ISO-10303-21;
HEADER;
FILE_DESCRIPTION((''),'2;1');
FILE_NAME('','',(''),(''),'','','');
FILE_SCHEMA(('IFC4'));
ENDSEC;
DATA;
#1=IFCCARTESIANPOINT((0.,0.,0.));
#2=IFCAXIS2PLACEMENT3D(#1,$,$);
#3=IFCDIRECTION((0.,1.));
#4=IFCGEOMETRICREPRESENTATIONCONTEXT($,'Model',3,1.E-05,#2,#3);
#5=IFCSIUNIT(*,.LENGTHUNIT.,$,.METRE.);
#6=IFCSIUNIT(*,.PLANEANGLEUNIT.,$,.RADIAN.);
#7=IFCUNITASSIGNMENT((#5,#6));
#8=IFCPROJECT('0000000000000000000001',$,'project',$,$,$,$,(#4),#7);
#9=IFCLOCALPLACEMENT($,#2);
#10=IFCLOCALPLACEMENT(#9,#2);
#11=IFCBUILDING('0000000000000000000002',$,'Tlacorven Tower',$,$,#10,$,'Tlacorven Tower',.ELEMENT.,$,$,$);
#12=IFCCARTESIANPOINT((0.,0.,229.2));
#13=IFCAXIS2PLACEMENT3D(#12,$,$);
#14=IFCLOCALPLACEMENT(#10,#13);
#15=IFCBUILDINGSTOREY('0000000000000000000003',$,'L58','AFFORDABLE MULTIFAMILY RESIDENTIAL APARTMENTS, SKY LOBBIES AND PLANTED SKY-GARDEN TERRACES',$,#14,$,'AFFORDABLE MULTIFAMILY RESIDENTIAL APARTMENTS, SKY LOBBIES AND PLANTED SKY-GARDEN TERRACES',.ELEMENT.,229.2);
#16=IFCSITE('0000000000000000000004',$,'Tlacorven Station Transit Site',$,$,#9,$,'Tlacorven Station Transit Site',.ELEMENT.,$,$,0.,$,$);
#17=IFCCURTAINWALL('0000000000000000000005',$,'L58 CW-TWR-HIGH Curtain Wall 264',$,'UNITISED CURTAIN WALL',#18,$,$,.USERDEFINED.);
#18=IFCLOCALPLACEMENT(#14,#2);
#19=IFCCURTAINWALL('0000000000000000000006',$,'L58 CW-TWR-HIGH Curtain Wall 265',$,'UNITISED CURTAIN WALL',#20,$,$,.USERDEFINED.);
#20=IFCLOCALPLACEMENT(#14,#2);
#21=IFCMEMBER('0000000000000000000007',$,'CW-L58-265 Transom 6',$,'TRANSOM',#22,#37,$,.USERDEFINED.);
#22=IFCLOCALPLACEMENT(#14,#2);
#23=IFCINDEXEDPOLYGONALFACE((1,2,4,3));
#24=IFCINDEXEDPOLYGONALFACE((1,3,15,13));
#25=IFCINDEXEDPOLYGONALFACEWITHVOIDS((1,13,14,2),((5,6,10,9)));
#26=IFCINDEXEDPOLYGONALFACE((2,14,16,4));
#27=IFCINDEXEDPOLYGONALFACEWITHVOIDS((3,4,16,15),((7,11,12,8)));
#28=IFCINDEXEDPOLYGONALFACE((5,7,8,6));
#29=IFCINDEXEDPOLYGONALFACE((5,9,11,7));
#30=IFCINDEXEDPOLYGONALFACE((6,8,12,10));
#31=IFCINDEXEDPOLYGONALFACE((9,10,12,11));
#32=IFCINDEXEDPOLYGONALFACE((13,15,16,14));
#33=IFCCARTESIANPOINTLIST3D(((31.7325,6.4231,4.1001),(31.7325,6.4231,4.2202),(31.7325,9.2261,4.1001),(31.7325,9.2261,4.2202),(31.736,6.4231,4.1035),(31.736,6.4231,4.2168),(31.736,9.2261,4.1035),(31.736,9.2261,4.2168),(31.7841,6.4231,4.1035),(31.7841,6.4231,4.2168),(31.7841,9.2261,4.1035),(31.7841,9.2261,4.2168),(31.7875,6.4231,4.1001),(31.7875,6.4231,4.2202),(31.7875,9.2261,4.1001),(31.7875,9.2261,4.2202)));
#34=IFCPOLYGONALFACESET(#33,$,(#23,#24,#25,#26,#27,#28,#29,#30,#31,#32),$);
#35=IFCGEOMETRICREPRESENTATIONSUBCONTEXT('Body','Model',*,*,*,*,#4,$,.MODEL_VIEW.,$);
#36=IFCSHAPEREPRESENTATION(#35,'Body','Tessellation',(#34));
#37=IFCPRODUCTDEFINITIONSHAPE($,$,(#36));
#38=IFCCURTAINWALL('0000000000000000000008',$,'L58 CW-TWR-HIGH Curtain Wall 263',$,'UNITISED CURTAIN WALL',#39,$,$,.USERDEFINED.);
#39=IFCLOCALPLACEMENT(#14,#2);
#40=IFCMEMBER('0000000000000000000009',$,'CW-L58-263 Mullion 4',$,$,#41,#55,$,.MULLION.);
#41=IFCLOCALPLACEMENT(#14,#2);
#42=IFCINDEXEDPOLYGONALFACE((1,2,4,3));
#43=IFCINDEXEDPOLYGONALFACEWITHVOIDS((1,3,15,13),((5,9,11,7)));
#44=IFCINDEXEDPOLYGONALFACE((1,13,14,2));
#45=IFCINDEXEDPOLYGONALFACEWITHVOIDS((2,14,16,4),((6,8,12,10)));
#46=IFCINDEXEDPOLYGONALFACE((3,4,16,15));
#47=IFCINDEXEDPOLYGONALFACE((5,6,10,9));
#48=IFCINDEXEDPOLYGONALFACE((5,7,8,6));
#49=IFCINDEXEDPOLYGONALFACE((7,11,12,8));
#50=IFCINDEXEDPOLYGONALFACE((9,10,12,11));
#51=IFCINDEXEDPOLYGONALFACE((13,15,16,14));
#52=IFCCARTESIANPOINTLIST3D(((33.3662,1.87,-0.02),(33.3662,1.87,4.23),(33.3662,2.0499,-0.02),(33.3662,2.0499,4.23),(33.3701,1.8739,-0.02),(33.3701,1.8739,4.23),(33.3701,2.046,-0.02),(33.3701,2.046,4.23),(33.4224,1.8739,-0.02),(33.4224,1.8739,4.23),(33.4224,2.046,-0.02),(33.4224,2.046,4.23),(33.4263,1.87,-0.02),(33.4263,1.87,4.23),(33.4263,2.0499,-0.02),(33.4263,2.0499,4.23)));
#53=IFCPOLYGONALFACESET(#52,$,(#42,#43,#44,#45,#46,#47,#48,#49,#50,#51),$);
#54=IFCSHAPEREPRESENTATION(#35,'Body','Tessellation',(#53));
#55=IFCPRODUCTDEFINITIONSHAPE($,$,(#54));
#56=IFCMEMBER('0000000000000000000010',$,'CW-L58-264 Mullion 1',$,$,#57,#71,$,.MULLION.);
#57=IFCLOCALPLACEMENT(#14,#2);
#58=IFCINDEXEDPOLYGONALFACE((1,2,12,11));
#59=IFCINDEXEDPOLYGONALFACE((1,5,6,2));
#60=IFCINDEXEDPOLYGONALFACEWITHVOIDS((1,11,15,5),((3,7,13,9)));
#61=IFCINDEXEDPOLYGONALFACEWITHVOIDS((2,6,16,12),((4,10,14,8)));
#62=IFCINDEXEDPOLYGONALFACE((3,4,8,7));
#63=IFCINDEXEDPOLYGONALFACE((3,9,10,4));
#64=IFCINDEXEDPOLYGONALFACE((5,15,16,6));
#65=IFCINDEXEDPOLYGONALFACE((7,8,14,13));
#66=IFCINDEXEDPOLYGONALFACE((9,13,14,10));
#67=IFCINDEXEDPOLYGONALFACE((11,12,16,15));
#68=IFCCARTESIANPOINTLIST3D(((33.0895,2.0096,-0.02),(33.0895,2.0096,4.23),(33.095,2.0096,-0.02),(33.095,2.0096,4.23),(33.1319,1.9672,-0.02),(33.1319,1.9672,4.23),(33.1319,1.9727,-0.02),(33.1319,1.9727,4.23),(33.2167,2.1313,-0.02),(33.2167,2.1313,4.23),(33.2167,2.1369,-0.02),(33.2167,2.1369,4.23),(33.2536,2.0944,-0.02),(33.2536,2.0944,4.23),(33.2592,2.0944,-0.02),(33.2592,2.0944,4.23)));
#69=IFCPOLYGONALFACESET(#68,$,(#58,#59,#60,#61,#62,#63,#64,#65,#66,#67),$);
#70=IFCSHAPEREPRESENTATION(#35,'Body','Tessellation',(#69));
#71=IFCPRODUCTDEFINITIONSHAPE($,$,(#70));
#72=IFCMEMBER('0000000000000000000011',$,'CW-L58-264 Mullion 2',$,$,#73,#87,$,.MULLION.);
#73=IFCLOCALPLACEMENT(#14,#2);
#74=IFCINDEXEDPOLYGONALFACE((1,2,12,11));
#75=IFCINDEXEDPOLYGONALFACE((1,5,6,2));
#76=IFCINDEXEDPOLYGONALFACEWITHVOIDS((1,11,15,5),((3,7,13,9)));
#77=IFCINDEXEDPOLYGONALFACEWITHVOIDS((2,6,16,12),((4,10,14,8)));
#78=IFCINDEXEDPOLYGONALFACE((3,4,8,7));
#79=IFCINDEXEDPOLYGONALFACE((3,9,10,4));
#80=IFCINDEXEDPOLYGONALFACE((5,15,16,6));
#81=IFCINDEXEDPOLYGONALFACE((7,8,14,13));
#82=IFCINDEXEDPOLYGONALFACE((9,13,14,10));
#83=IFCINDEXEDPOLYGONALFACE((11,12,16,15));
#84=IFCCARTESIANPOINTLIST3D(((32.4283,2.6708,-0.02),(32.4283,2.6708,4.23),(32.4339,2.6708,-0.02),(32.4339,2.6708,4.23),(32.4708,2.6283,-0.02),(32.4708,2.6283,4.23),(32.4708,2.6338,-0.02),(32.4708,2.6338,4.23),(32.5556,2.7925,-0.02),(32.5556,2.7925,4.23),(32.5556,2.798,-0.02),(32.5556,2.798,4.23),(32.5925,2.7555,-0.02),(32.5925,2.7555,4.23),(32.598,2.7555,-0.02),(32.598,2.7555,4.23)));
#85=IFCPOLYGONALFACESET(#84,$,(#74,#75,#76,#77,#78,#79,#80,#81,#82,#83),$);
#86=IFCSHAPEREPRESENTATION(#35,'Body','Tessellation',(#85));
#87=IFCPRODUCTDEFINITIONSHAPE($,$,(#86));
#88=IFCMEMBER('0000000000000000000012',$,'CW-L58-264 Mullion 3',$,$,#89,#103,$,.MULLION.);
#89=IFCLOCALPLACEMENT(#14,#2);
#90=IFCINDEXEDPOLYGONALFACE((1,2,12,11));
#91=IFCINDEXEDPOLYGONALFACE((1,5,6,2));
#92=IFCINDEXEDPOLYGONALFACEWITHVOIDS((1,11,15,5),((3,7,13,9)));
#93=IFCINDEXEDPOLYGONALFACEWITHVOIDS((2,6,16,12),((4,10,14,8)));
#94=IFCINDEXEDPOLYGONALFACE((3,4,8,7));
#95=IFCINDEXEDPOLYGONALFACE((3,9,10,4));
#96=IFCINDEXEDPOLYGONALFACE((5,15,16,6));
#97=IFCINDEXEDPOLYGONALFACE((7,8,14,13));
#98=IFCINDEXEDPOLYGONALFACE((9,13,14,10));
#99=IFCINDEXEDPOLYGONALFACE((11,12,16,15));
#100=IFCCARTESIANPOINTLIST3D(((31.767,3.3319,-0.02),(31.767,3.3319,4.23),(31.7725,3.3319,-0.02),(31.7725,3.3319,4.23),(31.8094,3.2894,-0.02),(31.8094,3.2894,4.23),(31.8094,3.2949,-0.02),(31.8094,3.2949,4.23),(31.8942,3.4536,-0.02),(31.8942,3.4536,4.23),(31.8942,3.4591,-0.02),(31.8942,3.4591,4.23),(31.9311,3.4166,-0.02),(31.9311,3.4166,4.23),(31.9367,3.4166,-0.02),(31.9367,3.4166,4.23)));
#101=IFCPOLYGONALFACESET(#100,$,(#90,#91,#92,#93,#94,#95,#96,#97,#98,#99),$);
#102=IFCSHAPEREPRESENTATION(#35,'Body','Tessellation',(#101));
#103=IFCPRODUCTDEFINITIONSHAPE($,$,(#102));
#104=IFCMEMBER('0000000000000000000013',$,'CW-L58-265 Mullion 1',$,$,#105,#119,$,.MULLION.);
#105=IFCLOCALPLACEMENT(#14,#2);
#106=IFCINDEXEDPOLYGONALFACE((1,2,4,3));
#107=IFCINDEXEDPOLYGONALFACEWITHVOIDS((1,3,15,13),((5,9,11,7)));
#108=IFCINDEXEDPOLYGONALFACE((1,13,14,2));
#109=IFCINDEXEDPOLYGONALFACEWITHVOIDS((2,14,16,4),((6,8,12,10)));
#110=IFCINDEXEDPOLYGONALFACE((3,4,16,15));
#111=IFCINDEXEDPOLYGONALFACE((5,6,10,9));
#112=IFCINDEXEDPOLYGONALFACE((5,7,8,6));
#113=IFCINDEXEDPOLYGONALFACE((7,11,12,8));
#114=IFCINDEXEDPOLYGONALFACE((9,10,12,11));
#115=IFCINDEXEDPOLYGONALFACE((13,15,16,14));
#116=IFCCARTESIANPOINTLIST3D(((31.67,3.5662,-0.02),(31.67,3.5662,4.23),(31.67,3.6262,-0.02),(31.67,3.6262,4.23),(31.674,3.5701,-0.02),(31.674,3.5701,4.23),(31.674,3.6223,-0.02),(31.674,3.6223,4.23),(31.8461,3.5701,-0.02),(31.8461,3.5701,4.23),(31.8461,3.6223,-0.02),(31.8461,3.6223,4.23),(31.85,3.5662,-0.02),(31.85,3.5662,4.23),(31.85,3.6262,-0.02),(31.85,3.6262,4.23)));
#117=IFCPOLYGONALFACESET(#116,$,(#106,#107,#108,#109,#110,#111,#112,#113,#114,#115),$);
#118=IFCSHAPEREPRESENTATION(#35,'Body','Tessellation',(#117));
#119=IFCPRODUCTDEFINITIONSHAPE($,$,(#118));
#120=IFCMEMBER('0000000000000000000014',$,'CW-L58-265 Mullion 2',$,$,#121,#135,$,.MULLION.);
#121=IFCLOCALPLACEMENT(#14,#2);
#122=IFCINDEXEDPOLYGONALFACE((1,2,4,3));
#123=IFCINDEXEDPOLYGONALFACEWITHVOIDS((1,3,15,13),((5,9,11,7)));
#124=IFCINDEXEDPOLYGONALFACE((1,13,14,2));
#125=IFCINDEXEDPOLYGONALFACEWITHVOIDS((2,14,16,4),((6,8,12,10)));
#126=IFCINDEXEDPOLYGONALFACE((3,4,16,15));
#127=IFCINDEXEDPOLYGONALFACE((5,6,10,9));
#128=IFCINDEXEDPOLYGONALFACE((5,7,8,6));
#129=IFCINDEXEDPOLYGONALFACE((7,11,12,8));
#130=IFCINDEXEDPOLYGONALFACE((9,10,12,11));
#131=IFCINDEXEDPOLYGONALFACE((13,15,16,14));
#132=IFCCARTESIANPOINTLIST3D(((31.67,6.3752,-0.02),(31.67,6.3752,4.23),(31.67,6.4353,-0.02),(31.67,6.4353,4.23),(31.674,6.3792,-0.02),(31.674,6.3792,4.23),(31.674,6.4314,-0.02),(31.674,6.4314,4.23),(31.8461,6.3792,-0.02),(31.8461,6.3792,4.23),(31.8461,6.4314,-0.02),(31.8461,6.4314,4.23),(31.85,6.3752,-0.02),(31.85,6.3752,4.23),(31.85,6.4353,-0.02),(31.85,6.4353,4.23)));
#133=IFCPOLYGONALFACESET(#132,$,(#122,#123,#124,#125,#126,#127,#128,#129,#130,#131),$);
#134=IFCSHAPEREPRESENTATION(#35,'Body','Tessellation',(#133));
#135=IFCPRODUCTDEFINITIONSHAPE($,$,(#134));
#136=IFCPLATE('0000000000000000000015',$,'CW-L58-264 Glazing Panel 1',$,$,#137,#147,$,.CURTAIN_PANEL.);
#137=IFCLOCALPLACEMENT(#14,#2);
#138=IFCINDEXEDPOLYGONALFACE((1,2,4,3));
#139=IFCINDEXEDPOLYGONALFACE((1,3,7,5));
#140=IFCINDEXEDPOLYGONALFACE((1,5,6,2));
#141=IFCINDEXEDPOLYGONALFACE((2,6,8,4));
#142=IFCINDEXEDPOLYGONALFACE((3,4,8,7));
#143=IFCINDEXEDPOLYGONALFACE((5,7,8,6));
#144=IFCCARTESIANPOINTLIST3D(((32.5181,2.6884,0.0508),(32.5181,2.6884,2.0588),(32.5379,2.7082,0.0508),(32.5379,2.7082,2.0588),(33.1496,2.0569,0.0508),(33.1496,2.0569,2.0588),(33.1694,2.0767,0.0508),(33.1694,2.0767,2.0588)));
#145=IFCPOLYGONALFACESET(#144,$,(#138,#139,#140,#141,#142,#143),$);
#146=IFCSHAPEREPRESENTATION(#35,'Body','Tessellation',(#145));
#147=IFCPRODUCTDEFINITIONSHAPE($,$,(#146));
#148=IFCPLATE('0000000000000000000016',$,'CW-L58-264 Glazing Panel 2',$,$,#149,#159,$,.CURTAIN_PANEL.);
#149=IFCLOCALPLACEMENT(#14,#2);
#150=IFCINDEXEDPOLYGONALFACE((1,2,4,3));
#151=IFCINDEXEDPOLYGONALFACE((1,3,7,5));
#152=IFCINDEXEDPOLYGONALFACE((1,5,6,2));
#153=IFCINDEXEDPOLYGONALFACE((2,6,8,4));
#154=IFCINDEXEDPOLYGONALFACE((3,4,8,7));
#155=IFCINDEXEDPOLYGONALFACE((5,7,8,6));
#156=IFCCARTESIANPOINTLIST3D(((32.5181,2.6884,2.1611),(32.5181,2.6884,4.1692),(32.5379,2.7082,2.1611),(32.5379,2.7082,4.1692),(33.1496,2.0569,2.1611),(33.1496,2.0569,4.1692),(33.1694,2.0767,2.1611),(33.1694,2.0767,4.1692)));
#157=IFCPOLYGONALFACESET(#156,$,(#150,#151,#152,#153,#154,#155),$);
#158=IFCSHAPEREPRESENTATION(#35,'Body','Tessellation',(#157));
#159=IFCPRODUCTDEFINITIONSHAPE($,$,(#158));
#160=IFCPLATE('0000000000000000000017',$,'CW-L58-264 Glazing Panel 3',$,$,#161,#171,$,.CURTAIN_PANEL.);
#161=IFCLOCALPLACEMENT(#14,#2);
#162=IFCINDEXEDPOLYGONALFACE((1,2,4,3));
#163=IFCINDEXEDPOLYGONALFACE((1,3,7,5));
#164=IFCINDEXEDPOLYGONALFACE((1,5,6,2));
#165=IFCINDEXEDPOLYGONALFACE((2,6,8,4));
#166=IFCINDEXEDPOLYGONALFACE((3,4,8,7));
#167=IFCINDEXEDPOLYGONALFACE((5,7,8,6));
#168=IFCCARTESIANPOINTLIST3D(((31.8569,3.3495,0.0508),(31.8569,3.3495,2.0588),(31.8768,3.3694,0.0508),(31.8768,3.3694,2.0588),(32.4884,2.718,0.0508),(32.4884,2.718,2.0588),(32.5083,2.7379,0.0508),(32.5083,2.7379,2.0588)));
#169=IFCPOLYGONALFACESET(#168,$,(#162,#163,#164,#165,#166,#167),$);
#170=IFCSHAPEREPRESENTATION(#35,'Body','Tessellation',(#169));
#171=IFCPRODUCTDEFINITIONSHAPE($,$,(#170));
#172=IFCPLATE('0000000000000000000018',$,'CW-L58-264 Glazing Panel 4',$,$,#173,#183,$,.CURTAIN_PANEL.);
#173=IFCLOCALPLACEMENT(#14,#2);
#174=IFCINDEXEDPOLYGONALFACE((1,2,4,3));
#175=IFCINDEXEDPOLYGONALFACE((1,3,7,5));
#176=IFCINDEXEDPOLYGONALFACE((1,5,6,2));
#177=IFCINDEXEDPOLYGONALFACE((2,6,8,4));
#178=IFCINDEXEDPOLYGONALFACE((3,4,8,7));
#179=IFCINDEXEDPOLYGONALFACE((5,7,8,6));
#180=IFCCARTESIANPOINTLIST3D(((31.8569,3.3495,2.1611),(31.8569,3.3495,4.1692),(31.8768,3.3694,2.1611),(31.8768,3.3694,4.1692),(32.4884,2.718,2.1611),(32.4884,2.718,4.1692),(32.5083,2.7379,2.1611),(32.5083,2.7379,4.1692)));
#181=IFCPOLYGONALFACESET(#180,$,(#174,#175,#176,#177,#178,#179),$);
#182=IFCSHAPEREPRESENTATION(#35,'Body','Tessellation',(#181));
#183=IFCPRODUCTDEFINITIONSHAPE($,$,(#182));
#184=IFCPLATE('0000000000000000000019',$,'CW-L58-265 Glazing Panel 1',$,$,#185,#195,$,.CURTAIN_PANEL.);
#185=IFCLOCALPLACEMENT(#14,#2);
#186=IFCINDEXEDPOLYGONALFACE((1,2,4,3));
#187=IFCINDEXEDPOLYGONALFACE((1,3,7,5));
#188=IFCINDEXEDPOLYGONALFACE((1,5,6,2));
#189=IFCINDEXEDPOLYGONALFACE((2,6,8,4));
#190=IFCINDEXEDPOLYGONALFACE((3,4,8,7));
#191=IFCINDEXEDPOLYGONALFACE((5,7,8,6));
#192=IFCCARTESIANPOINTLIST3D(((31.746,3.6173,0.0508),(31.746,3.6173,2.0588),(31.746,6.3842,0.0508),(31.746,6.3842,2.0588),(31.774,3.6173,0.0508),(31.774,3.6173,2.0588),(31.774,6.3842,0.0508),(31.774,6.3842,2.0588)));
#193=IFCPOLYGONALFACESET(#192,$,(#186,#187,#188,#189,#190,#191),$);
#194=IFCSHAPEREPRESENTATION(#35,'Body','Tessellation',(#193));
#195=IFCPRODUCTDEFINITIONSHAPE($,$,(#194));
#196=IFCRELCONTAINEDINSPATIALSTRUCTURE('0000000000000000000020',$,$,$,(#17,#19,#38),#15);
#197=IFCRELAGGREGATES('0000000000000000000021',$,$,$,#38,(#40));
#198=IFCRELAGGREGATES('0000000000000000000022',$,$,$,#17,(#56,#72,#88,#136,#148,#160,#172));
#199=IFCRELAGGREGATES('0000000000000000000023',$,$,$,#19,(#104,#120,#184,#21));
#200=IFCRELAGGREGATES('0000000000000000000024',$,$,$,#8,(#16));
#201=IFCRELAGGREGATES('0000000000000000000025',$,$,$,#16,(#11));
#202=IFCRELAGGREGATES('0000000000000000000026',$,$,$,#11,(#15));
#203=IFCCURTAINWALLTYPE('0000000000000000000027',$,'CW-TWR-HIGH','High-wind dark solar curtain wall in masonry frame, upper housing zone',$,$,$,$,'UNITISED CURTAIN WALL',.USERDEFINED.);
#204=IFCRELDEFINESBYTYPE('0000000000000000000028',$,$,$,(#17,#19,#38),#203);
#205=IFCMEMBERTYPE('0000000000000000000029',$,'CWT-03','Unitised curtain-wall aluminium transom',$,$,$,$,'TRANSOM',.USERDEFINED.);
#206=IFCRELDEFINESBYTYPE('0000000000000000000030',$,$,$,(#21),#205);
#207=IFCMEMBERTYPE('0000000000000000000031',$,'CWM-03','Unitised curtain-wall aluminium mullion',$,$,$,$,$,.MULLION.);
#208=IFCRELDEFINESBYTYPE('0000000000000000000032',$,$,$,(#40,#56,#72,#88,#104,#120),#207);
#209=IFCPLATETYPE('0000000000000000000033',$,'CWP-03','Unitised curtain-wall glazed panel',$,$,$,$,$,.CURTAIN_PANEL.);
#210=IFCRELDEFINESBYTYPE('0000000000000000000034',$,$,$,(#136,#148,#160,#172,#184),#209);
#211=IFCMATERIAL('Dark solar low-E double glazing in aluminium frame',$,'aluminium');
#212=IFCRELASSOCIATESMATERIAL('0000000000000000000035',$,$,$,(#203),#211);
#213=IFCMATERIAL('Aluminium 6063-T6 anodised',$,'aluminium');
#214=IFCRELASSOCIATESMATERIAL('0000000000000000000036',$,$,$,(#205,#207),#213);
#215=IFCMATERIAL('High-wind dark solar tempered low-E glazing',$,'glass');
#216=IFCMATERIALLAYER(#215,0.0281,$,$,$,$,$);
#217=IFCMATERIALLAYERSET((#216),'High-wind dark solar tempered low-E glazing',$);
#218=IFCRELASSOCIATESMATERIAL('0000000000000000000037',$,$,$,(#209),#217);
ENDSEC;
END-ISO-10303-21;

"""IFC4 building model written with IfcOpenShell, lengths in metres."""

from ifc_helpers import new_model, si_unit, direction, frame, origin, origin_2d, place, context, subcontext, project, spatial, rectangle, hollow_rectangle, extrude, source, transform, mapped, material, layer, layer_set, material_profile, profile_set, type_object, element, aggregate, save


model = new_model("IFC4")

# Units and contexts
model_context = context("Model", 3, precision=1e-05, world=origin(), true_north=direction((0.0, 1.0)))
body_context = subcontext(model_context, "Body", "Model", "MODEL_VIEW")
ifc_project = project(units=[si_unit("LENGTHUNIT", "METRE"), si_unit("PLANEANGLEUNIT", "RADIAN")], contexts=[model_context])

# Site, building, storey
site_placement = place(None, origin())
site = spatial("IfcSite", under=ifc_project, at=site_placement, Name="Tlacorven Station Transit Site", LongName="Tlacorven Station Transit Site", CompositionType="ELEMENT", RefElevation=0.0)
building_placement = place(site_placement, origin())
building = spatial("IfcBuilding", under=site, at=building_placement, Name="Tlacorven Tower", LongName="Tlacorven Tower", CompositionType="ELEMENT")
storey_placement = place(building_placement, frame((0.0, 0.0, 229.2)))
storey = spatial("IfcBuildingStorey", under=building, at=storey_placement, Name="L58", Description="AFFORDABLE MULTIFAMILY RESIDENTIAL APARTMENTS, SKY LOBBIES AND PLANTED SKY-GARDEN TERRACES", LongName="AFFORDABLE MULTIFAMILY RESIDENTIAL APARTMENTS, SKY LOBBIES AND PLANTED SKY-GARDEN TERRACES", CompositionType="ELEMENT", Elevation=229.2)

# Curtain walls, member
ifc_material_1 = material(Name="Dark solar low-E double glazing in aluminium frame", Category="aluminium")
curtain_wall_type = type_object("IfcCurtainWallType", Name="CW-TWR-HIGH", Description="High-wind dark solar curtain wall in masonry frame, upper housing zone", ElementType="UNITISED CURTAIN WALL", PredefinedType="USERDEFINED", material=ifc_material_1)
curtain_wall_1_placement = place(storey_placement, origin())
curtain_wall_1 = element("IfcCurtainWall", 1, at=curtain_wall_1_placement, inside=storey, type_object=curtain_wall_type, Name="L58 CW-TWR-HIGH Curtain Wall 264", ObjectType="UNITISED CURTAIN WALL", PredefinedType="USERDEFINED")
ifc_material_2 = material(Name="Aluminium 6063-T6 anodised", Category="aluminium")
ifc_material_profile_1 = material_profile(ifc_material_2, hollow_rectangle(XDim=0.0549, YDim=0.1201, WallThickness=0.0034, at=origin_2d()), Name="ALU TRANSOM 55X120")
ifc_profile_set_1 = profile_set([ifc_material_profile_1], Name="Aluminium 6063-T6 anodised")
member_type_1 = type_object("IfcMemberType", Name="CWT-03", Description="Unitised curtain-wall aluminium transom", ElementType="TRANSOM", PredefinedType="USERDEFINED", material=ifc_profile_set_1)
curtain_wall_2_placement = place(storey_placement, origin())
curtain_wall_2 = element("IfcCurtainWall", 2, at=curtain_wall_2_placement, inside=storey, type_object=curtain_wall_type, Name="L58 CW-TWR-HIGH Curtain Wall 265", ObjectType="UNITISED CURTAIN WALL", PredefinedType="USERDEFINED")
shared_shape_1 = source(origin(), body_context, "Body", "SweptSolid", [
    extrude(hollow_rectangle(XDim=0.0549, YDim=0.1201, WallThickness=0.0034, at=origin_2d()), origin(), (0.0, 0.0, 1.0), 2.803),
])
member_1_placement = place(storey_placement, frame((31.76, 6.4231, 4.1602), z_axis=(0.0, 1.0, 0.0), x_axis=(-1.0, 0.0, 0.0)))
member_1 = element("IfcMember", 3, at=member_1_placement, type_object=member_type_1, Name="CW-L58-265 Transom 6", ObjectType="TRANSOM", PredefinedType="USERDEFINED", context=body_context, shape_type="MappedRepresentation", body=[
    mapped(shared_shape_1, transform((0.0, 0.0, 0.0), scale=1.0)),
])

# Curtain wall, member
curtain_wall_3_placement = place(storey_placement, origin())
curtain_wall_3 = element("IfcCurtainWall", 4, at=curtain_wall_3_placement, inside=storey, type_object=curtain_wall_type, Name="L58 CW-TWR-HIGH Curtain Wall 263", ObjectType="UNITISED CURTAIN WALL", PredefinedType="USERDEFINED")
ifc_material_profile_2 = material_profile(ifc_material_2, hollow_rectangle(XDim=0.0601, YDim=0.1799, WallThickness=0.0039, at=origin_2d()), Name="ALU MULLION 60X180")
ifc_profile_set_2 = profile_set([ifc_material_profile_2], Name="Aluminium 6063-T6 anodised")
member_type_2 = type_object("IfcMemberType", Name="CWM-03", Description="Unitised curtain-wall aluminium mullion", PredefinedType="MULLION", material=ifc_profile_set_2)
shared_shape_2 = source(origin(), body_context, "Body", "SweptSolid", [
    extrude(hollow_rectangle(XDim=0.0601, YDim=0.1799, WallThickness=0.0039, at=origin_2d()), origin(), (0.0, 0.0, 1.0), 4.25),
])
member_2_placement = place(storey_placement, frame((33.3962, 1.96, -0.02), z_axis=(0.0, 0.0, 1.0), x_axis=(-1.0, 0.0, 0.0)))
member_2 = element("IfcMember", 5, at=member_2_placement, type_object=member_type_2, Name="CW-L58-263 Mullion 4", PredefinedType="MULLION", context=body_context, shape_type="MappedRepresentation", body=[
    mapped(shared_shape_2, transform((0.0, 0.0, 0.0), scale=1.0)),
])
aggregate(curtain_wall_3, [member_2])

# Members
member_3_placement = place(storey_placement, frame((33.1743, 2.052, -0.02), z_axis=(0.0, 0.0, 1.0), x_axis=(-0.707107, 0.707107, 0.0)))
member_3 = element("IfcMember", 6, at=member_3_placement, type_object=member_type_2, Name="CW-L58-264 Mullion 1", PredefinedType="MULLION", context=body_context, shape_type="MappedRepresentation", body=[
    mapped(shared_shape_2, transform((0.0, 0.0, 0.0), scale=1.0)),
])
member_4_placement = place(storey_placement, frame((32.5132, 2.7131, -0.02), z_axis=(0.0, 0.0, 1.0), x_axis=(-0.707107, 0.707107, 0.0)))
member_4 = element("IfcMember", 7, at=member_4_placement, type_object=member_type_2, Name="CW-L58-264 Mullion 2", PredefinedType="MULLION", context=body_context, shape_type="MappedRepresentation", body=[
    mapped(shared_shape_2, transform((0.0, 0.0, 0.0), scale=1.0)),
])
member_5_placement = place(storey_placement, frame((31.8518, 3.3743, -0.02), z_axis=(0.0, 0.0, 1.0), x_axis=(-0.707107, 0.707107, 0.0)))
member_5 = element("IfcMember", 8, at=member_5_placement, type_object=member_type_2, Name="CW-L58-264 Mullion 3", PredefinedType="MULLION", context=body_context, shape_type="MappedRepresentation", body=[
    mapped(shared_shape_2, transform((0.0, 0.0, 0.0), scale=1.0)),
])
member_6_placement = place(storey_placement, frame((31.76, 3.5962, -0.02), z_axis=(0.0, 0.0, 1.0), x_axis=(0.0, 1.0, 0.0)))
member_6 = element("IfcMember", 9, at=member_6_placement, type_object=member_type_2, Name="CW-L58-265 Mullion 1", PredefinedType="MULLION", context=body_context, shape_type="MappedRepresentation", body=[
    mapped(shared_shape_2, transform((0.0, 0.0, 0.0), scale=1.0)),
])
member_7_placement = place(storey_placement, frame((31.76, 6.4053, -0.02), z_axis=(0.0, 0.0, 1.0), x_axis=(0.0, 1.0, 0.0)))
member_7 = element("IfcMember", 10, at=member_7_placement, type_object=member_type_2, Name="CW-L58-265 Mullion 2", PredefinedType="MULLION", context=body_context, shape_type="MappedRepresentation", body=[
    mapped(shared_shape_2, transform((0.0, 0.0, 0.0), scale=1.0)),
])

# Plates
ifc_material_3 = material(Name="High-wind dark solar tempered low-E glazing", Category="glass")
ifc_layer = layer(ifc_material_3, 0.0281)
ifc_layer_set = layer_set([ifc_layer], Name="High-wind dark solar tempered low-E glazing")
plate_type = type_object("IfcPlateType", Name="CWP-03", Description="Unitised curtain-wall glazed panel", PredefinedType="CURTAIN_PANEL", material=ifc_layer_set)
shared_shape_3 = source(origin(), body_context, "Body", "SweptSolid", [
    extrude(rectangle(XDim=0.8931, YDim=0.0281, at=origin_2d()), origin(), (0.0, 0.0, 1.0), 2.0081),
])
plate_1_placement = place(storey_placement, frame((32.8438, 2.3826, 0.0508), z_axis=(0.0, 0.0, 1.0), x_axis=(-0.707107, 0.707107, 0.0)))
plate_1 = element("IfcPlate", 11, at=plate_1_placement, type_object=plate_type, Name="CW-L58-264 Glazing Panel 1", PredefinedType="CURTAIN_PANEL", context=body_context, shape_type="MappedRepresentation", body=[
    mapped(shared_shape_3, transform((0.0, 0.0, 0.0), scale=1.0)),
])
plate_2_placement = place(storey_placement, frame((32.8438, 2.3826, 2.1611), z_axis=(0.0, 0.0, 1.0), x_axis=(-0.707107, 0.707107, 0.0)))
plate_2 = element("IfcPlate", 12, at=plate_2_placement, type_object=plate_type, Name="CW-L58-264 Glazing Panel 2", PredefinedType="CURTAIN_PANEL", context=body_context, shape_type="MappedRepresentation", body=[
    mapped(shared_shape_3, transform((0.0, 0.0, 0.0), scale=1.0)),
])
plate_3_placement = place(storey_placement, frame((32.1826, 3.0437, 0.0508), z_axis=(0.0, 0.0, 1.0), x_axis=(-0.707107, 0.707107, 0.0)))
plate_3 = element("IfcPlate", 13, at=plate_3_placement, type_object=plate_type, Name="CW-L58-264 Glazing Panel 3", PredefinedType="CURTAIN_PANEL", context=body_context, shape_type="MappedRepresentation", body=[
    mapped(shared_shape_3, transform((0.0, 0.0, 0.0), scale=1.0)),
])
plate_4_placement = place(storey_placement, frame((32.1826, 3.0437, 2.1611), z_axis=(0.0, 0.0, 1.0), x_axis=(-0.707107, 0.707107, 0.0)))
plate_4 = element("IfcPlate", 14, at=plate_4_placement, type_object=plate_type, Name="CW-L58-264 Glazing Panel 4", PredefinedType="CURTAIN_PANEL", context=body_context, shape_type="MappedRepresentation", body=[
    mapped(shared_shape_3, transform((0.0, 0.0, 0.0), scale=1.0)),
])
aggregate(curtain_wall_1, [member_3, member_4, member_5, plate_1, plate_2, plate_3, plate_4])
shared_shape_4 = source(origin(), body_context, "Body", "SweptSolid", [
    extrude(rectangle(XDim=2.7668, YDim=0.0281, at=origin_2d()), origin(), (0.0, 0.0, 1.0), 2.0081),
])
plate_5_placement = place(storey_placement, frame((31.76, 5.0007, 0.0508), z_axis=(0.0, 0.0, 1.0), x_axis=(0.0, 1.0, 0.0)))
plate_5 = element("IfcPlate", 15, at=plate_5_placement, type_object=plate_type, Name="CW-L58-265 Glazing Panel 1", PredefinedType="CURTAIN_PANEL", context=body_context, shape_type="MappedRepresentation", body=[
    mapped(shared_shape_4, transform((0.0, 0.0, 0.0), scale=1.0)),
])
aggregate(curtain_wall_2, [member_6, member_7, plate_5, member_1])

save(model, "model.ifc")
